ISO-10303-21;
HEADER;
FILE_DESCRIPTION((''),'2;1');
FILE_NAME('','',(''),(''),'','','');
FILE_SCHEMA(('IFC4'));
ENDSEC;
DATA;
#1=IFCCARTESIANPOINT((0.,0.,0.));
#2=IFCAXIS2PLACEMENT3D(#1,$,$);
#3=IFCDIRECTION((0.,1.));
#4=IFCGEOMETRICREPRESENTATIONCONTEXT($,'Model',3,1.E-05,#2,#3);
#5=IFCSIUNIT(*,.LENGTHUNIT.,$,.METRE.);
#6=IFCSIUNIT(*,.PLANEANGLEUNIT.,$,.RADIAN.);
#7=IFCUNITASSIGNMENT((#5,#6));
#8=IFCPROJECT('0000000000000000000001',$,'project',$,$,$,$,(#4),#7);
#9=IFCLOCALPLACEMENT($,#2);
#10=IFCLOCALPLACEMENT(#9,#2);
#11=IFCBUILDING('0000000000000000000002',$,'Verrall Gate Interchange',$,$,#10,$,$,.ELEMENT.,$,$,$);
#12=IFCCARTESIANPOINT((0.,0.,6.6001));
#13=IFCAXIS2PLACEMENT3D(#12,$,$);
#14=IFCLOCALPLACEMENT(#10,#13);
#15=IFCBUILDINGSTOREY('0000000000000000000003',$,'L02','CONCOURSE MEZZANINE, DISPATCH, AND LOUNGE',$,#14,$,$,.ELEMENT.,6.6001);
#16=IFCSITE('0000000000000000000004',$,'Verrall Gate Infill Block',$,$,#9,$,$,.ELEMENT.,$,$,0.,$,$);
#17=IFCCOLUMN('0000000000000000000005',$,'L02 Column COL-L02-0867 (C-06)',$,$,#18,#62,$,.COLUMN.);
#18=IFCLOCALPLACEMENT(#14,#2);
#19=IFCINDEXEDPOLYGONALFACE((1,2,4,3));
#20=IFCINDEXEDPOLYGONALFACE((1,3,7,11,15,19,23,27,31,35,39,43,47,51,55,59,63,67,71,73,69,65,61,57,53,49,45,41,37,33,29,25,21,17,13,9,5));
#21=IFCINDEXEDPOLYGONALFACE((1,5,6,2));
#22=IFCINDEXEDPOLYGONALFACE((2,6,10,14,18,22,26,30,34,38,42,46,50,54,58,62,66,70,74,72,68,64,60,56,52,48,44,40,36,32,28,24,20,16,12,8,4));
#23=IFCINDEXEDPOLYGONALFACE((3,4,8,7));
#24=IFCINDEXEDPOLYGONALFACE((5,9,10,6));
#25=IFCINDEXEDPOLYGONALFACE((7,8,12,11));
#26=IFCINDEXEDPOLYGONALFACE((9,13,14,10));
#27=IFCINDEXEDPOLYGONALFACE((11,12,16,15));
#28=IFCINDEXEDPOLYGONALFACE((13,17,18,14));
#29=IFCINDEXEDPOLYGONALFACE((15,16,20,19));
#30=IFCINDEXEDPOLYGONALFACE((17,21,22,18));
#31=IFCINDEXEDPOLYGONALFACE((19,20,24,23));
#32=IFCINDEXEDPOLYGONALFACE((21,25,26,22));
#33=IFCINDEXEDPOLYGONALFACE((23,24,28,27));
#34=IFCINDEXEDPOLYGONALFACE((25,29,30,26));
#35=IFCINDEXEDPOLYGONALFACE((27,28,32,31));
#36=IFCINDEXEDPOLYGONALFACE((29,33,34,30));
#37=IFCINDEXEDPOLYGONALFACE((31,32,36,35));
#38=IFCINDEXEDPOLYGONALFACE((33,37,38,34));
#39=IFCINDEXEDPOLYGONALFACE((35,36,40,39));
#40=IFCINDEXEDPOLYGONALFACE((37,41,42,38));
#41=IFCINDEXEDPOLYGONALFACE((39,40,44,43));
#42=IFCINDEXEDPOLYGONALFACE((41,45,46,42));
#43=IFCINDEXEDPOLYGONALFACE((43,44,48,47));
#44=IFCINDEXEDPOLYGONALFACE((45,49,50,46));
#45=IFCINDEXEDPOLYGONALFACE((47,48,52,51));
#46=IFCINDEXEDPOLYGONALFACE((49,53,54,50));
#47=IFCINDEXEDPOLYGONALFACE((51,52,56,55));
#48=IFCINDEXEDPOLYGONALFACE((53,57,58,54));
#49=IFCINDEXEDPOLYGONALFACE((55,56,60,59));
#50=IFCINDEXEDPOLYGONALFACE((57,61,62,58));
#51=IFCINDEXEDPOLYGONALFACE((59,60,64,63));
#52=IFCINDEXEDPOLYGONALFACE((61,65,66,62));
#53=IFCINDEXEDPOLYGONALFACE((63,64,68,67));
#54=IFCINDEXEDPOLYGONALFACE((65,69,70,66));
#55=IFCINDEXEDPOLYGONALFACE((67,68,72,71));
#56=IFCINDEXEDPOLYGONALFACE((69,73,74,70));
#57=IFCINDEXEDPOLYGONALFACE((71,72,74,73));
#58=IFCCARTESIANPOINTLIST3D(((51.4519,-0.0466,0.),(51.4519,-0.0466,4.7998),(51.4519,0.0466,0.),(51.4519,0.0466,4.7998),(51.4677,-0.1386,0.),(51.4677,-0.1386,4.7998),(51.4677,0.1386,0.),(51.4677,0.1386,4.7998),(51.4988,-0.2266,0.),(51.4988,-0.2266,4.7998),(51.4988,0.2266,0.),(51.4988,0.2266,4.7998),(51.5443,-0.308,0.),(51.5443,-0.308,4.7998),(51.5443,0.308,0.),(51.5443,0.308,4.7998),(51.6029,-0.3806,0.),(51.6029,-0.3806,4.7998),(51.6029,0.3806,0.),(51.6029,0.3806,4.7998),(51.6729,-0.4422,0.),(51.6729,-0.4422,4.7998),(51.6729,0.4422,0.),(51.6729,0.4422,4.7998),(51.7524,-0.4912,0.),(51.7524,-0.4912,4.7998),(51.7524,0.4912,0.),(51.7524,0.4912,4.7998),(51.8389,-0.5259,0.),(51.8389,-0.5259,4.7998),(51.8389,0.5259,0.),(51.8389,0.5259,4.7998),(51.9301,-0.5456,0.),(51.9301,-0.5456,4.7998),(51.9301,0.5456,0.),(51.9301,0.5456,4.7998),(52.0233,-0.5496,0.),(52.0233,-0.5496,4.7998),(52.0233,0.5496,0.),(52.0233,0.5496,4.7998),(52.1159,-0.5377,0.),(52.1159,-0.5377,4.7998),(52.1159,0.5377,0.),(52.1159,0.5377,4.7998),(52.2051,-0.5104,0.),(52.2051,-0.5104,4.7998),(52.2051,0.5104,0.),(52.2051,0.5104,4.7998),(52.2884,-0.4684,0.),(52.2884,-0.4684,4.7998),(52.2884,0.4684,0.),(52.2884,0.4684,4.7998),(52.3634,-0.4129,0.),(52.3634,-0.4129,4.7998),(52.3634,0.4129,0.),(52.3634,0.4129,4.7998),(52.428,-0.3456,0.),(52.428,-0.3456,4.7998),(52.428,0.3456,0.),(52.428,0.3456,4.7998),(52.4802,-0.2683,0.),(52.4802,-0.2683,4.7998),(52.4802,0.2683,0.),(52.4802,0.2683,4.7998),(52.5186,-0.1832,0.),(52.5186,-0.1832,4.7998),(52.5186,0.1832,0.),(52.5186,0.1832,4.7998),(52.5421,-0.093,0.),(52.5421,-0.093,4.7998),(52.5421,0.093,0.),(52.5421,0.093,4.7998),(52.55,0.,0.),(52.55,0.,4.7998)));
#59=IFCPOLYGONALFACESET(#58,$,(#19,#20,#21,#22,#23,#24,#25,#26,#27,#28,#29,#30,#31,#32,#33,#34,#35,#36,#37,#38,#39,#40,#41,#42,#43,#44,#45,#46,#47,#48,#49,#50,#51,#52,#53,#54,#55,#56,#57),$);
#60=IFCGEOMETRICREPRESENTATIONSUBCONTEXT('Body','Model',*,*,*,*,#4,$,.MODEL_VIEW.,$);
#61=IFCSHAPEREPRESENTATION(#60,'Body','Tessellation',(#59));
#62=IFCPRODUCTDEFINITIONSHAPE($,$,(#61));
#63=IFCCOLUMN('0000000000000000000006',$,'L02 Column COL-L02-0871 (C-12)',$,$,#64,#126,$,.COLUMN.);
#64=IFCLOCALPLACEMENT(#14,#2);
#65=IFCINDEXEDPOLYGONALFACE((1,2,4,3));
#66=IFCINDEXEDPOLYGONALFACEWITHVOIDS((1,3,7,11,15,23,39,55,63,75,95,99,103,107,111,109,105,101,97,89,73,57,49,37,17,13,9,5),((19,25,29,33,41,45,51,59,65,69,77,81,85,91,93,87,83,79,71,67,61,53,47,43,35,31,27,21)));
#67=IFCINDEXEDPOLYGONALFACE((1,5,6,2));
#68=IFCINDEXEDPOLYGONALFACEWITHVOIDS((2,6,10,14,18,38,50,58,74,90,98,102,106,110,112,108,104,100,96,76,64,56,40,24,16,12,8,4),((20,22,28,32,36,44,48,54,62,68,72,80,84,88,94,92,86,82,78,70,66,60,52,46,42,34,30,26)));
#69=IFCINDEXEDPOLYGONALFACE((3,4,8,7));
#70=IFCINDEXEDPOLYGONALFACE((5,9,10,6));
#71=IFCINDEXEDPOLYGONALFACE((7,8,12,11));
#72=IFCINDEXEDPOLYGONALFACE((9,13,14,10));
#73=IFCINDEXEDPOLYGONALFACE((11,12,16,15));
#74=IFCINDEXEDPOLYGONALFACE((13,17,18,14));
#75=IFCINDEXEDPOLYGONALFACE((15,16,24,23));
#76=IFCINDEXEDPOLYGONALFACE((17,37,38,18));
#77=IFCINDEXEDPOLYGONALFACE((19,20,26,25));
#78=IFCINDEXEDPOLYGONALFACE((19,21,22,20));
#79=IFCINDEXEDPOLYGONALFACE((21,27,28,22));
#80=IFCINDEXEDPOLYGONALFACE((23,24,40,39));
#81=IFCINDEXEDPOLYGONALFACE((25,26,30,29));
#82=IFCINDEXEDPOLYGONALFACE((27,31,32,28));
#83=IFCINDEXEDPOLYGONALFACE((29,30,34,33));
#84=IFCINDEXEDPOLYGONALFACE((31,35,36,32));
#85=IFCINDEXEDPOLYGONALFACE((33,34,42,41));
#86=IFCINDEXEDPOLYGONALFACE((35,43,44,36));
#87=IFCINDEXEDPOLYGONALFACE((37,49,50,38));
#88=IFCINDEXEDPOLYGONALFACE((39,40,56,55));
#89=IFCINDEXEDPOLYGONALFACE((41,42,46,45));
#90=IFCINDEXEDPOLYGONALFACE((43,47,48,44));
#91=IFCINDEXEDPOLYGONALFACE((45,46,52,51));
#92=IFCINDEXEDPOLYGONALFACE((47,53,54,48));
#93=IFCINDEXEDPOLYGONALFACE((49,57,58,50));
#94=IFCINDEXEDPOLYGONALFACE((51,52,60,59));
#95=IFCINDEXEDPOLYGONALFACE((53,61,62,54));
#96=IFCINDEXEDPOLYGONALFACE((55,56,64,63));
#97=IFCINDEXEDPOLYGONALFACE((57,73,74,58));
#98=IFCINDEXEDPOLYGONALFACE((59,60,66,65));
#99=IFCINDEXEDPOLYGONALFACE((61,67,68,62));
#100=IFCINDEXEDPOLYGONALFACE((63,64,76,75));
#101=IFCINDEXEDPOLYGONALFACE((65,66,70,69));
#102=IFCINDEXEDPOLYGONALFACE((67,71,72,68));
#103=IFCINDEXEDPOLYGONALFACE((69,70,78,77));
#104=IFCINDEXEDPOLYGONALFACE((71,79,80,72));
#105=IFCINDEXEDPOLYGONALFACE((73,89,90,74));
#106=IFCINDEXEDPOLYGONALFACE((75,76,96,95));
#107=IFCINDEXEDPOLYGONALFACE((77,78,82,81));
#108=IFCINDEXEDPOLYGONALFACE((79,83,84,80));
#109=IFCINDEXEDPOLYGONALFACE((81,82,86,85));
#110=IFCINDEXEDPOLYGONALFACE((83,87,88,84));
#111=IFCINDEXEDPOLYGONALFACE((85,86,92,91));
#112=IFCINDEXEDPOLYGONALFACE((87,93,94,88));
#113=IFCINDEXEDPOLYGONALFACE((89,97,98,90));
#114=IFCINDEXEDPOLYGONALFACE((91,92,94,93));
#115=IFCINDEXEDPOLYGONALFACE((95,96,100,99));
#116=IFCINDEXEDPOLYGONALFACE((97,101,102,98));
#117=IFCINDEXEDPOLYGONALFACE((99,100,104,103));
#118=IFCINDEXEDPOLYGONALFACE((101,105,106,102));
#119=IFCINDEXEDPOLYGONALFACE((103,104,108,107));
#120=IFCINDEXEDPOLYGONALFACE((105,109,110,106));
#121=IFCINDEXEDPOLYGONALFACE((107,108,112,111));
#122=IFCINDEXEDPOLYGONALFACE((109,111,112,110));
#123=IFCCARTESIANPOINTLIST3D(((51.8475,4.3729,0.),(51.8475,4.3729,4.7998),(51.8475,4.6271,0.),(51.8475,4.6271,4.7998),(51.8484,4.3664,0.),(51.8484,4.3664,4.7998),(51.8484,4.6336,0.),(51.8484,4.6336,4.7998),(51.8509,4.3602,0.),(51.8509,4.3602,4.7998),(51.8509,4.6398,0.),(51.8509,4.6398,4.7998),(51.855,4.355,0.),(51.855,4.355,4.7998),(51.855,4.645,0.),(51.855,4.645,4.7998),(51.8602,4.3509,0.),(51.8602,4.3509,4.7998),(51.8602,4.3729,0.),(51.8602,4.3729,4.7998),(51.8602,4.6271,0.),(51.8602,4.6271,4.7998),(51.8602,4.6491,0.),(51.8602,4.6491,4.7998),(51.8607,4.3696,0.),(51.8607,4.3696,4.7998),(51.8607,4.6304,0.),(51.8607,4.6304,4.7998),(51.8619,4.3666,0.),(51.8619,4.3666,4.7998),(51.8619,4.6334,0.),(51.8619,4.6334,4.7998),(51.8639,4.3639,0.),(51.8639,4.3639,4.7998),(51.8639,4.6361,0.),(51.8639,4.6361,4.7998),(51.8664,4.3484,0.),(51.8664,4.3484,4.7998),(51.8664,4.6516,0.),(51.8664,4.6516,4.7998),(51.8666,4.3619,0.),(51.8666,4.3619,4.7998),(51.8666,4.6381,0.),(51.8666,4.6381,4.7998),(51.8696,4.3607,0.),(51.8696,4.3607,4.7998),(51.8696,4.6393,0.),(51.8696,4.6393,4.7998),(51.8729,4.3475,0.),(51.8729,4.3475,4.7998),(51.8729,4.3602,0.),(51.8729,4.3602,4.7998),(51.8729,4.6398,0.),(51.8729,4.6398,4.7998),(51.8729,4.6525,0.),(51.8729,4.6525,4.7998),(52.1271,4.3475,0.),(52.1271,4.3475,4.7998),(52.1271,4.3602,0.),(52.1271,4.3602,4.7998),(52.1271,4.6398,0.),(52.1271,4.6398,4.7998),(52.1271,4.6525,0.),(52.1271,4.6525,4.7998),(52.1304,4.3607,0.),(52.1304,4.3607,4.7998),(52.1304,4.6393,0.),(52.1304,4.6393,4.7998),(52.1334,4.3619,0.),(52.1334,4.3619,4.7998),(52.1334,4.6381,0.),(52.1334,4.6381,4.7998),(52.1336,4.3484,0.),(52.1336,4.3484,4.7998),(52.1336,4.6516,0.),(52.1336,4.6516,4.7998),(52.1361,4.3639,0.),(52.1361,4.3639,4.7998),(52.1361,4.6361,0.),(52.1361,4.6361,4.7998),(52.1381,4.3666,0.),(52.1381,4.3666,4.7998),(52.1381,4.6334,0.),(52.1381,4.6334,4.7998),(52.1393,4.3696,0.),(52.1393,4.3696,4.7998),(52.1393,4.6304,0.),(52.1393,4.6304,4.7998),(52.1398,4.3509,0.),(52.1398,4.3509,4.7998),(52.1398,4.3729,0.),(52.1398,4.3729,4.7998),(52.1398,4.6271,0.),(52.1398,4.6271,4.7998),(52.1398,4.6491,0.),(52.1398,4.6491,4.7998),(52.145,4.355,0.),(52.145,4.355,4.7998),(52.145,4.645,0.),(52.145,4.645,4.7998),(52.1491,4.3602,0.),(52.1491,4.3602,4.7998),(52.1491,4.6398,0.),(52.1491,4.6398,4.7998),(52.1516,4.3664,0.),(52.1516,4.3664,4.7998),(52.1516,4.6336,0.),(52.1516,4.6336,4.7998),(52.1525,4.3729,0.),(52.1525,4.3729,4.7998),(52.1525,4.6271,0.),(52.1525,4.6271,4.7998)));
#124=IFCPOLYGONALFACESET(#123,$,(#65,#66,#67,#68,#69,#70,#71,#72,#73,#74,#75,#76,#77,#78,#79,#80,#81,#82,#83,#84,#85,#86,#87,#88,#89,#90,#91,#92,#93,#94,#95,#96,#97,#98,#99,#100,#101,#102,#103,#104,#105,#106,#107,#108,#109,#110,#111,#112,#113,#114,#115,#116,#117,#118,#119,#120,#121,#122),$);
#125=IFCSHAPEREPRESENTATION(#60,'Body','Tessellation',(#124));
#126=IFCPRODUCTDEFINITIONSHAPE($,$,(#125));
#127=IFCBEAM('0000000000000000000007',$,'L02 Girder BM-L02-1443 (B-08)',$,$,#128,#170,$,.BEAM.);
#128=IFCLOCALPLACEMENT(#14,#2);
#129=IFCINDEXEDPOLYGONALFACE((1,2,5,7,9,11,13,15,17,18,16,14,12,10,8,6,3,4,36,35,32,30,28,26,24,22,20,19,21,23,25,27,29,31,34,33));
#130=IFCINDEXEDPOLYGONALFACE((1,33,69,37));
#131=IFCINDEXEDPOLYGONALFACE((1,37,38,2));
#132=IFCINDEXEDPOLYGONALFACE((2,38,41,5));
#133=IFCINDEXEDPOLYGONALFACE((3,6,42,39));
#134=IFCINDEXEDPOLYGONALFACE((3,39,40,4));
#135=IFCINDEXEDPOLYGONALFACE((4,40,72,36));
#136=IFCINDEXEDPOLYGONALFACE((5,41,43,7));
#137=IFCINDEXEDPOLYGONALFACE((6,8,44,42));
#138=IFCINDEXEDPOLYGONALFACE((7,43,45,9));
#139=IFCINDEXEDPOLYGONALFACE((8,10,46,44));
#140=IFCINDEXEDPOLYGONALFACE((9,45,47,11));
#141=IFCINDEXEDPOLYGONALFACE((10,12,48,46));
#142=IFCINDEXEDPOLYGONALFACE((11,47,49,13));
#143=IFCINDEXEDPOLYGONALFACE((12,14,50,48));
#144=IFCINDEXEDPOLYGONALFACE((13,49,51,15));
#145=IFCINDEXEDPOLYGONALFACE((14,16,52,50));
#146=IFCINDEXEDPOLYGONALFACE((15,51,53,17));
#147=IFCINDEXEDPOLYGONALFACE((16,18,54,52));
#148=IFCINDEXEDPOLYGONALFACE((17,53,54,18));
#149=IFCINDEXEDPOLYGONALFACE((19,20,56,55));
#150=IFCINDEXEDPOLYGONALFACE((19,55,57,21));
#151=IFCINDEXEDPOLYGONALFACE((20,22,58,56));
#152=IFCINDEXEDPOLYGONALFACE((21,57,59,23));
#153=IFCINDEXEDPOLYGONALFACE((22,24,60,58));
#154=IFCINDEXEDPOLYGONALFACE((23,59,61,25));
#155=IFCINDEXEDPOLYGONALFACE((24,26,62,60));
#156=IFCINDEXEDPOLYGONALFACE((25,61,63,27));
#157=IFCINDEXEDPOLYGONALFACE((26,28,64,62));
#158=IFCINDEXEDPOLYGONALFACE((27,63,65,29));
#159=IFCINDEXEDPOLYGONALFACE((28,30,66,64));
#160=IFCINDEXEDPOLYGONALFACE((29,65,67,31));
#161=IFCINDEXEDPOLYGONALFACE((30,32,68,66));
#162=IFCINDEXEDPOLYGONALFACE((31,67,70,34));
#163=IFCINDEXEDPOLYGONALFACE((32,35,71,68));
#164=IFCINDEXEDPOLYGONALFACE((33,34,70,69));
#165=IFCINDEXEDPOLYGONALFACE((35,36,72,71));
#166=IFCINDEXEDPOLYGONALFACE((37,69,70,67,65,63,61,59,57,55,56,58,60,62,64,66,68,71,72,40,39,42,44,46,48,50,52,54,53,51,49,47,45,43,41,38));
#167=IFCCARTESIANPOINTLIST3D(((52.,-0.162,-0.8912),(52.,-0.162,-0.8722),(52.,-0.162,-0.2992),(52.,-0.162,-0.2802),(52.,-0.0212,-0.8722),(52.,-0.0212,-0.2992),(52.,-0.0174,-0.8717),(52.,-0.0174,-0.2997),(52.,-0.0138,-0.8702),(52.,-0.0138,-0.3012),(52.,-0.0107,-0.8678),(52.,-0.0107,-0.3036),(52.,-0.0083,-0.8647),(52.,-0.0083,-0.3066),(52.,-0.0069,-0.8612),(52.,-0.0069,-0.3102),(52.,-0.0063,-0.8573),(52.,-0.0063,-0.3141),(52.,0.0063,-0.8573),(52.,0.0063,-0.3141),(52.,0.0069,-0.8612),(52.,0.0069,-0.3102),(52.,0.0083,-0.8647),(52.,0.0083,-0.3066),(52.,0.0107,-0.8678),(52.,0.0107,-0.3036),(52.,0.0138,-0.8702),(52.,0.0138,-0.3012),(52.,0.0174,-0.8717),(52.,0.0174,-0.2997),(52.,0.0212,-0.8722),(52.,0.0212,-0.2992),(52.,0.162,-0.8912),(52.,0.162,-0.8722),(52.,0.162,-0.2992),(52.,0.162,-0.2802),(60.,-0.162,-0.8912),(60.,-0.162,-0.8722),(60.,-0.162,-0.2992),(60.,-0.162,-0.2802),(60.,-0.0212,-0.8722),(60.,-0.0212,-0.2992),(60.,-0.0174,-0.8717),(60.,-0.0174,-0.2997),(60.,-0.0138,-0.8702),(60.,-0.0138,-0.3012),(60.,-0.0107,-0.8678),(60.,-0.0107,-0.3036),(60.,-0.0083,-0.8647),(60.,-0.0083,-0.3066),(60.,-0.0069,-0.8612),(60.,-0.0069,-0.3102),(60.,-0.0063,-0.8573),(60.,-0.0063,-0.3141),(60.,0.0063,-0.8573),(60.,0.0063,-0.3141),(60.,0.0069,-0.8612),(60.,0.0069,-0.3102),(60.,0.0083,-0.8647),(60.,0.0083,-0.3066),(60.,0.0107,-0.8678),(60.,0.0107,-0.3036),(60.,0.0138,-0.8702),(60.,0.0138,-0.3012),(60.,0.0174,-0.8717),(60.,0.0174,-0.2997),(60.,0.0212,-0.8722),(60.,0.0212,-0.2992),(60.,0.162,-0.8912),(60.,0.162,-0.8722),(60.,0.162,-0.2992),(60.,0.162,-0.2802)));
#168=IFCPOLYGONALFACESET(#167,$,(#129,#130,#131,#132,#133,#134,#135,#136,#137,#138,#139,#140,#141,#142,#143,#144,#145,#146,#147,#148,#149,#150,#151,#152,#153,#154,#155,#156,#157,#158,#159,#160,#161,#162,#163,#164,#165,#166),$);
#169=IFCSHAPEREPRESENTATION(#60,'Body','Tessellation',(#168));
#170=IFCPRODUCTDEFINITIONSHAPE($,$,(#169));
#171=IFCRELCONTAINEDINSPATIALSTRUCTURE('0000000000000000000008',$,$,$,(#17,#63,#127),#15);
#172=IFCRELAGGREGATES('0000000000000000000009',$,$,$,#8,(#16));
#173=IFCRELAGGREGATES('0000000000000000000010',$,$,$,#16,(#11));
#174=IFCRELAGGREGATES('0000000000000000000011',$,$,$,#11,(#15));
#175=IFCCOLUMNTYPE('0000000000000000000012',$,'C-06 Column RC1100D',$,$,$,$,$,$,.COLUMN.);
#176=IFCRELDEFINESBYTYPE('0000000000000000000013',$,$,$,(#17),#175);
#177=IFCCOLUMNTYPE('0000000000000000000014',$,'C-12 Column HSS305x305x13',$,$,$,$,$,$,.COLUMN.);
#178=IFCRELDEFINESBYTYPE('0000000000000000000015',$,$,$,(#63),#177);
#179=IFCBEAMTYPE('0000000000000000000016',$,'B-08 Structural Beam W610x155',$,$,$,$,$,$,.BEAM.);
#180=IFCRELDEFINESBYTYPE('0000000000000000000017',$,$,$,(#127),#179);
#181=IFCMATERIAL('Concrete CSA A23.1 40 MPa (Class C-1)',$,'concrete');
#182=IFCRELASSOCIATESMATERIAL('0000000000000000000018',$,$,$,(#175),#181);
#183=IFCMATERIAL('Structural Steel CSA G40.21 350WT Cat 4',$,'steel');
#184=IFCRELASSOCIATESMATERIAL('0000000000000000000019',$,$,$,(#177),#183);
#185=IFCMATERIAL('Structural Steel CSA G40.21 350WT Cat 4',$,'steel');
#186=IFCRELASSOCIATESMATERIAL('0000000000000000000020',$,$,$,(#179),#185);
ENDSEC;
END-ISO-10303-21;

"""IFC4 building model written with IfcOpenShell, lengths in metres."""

from ifc_helpers import new_model, si_unit, direction, frame, origin, origin_2d, place, context, subcontext, project, spatial, hollow_rectangle, circle, i_section, extrude, material, material_profile, profile_set, type_object, element, save


model = new_model("IFC4")

# Units and contexts
model_context = context("Model", 3, precision=1e-05, world=origin(), true_north=direction((0.0, 1.0)))
body_context = subcontext(model_context, "Body", "Model", "MODEL_VIEW")
ifc_project = project(units=[si_unit("LENGTHUNIT", "METRE"), si_unit("PLANEANGLEUNIT", "RADIAN")], contexts=[model_context])

# Site, building, storey
site_placement = place(None, origin())
site = spatial("IfcSite", under=ifc_project, at=site_placement, Name="Verrall Gate Infill Block", CompositionType="ELEMENT", RefElevation=0.0)
building_placement = place(site_placement, origin())
building = spatial("IfcBuilding", under=site, at=building_placement, Name="Verrall Gate Interchange", CompositionType="ELEMENT")
storey_placement = place(building_placement, frame((0.0, 0.0, 6.6001)))
storey = spatial("IfcBuildingStorey", under=building, at=storey_placement, Name="L02", Description="CONCOURSE MEZZANINE, DISPATCH, AND LOUNGE", CompositionType="ELEMENT", Elevation=6.6001)

# Columns
ifc_material_1 = material(Name="Concrete CSA A23.1 40 MPa (Class C-1)", Category="concrete")
ifc_material_profile_1 = material_profile(ifc_material_1, circle(Radius=0.55, at=origin_2d()), Name="RC1100D")
ifc_profile_set_1 = profile_set([ifc_material_profile_1], Name="Concrete CSA A23.1 40 MPa (Class C-1)")
column_type_1 = type_object("IfcColumnType", Name="C-06 Column RC1100D", PredefinedType="COLUMN", material=ifc_profile_set_1)
column_1_placement = place(storey_placement, frame((52.0, 0.0, 0.0), z_axis=(0.0, 0.0, 1.0), x_axis=(1.0, 0.0, 0.0)))
element("IfcColumn", 1, at=column_1_placement, inside=storey, type_object=column_type_1, Name="L02 Column COL-L02-0867 (C-06)", PredefinedType="COLUMN", context=body_context, shape_type="SweptSolid", body=[
    extrude(circle(Radius=0.55, at=origin_2d()), origin(), (0.0, 0.0, 1.0), 4.7998),
])
ifc_material_2 = material(Name="Structural Steel CSA G40.21 350WT Cat 4", Category="steel")
ifc_material_profile_2 = material_profile(ifc_material_2, hollow_rectangle(XDim=0.3049, YDim=0.3049, WallThickness=0.0127, InnerFilletRadius=0.0127, OuterFilletRadius=0.0254, at=origin_2d()), Name="HSS305x305x13")
ifc_profile_set_2 = profile_set([ifc_material_profile_2], Name="Structural Steel CSA G40.21 350WT Cat 4")
column_type_2 = type_object("IfcColumnType", Name="C-12 Column HSS305x305x13", PredefinedType="COLUMN", material=ifc_profile_set_2)
column_2_placement = place(storey_placement, frame((52.0, 4.5, 0.0), z_axis=(0.0, 0.0, 1.0), x_axis=(1.0, 0.0, 0.0)))
element("IfcColumn", 2, at=column_2_placement, inside=storey, type_object=column_type_2, Name="L02 Column COL-L02-0871 (C-12)", PredefinedType="COLUMN", context=body_context, shape_type="SweptSolid", body=[
    extrude(hollow_rectangle(XDim=0.3049, YDim=0.3049, WallThickness=0.0127, InnerFilletRadius=0.0127, OuterFilletRadius=0.0254, at=origin_2d()), origin(), (0.0, 0.0, 1.0), 4.7998),
])

# Beam
ifc_material_3 = material(Name="Structural Steel CSA G40.21 350WT Cat 4", Category="steel")
ifc_material_profile_3 = material_profile(ifc_material_3, i_section(OverallWidth=0.324, OverallDepth=0.6111, WebThickness=0.0127, FlangeThickness=0.019, FilletRadius=0.0149, at=origin_2d()), Name="W610x155")
ifc_profile_set_3 = profile_set([ifc_material_profile_3], Name="Structural Steel CSA G40.21 350WT Cat 4")
beam_type_1 = type_object("IfcBeamType", Name="B-08 Structural Beam W610x155", PredefinedType="BEAM", material=ifc_profile_set_3)
for number, where, z_axis, x_axis, name in (
    (3, (52.0, 0.0, -0.5857), (1.0, 0.0, 0.0), (0.0, 1.0, 0.0), "L02 Girder BM-L02-1443 (B-08)"),
):
    element("IfcBeam", number, at=place(storey_placement, frame(where, z_axis=z_axis, x_axis=x_axis)), inside=storey, type_object=beam_type_1, Name=name, PredefinedType="BEAM", context=body_context, shape_type="SweptSolid", body=[
        extrude(i_section(OverallWidth=0.324, OverallDepth=0.6111, WebThickness=0.0127, FlangeThickness=0.019, FilletRadius=0.0149, at=origin_2d()), origin(), (0.0, 0.0, 1.0), 8.0),
    ])

save(model, "model.ifc")
